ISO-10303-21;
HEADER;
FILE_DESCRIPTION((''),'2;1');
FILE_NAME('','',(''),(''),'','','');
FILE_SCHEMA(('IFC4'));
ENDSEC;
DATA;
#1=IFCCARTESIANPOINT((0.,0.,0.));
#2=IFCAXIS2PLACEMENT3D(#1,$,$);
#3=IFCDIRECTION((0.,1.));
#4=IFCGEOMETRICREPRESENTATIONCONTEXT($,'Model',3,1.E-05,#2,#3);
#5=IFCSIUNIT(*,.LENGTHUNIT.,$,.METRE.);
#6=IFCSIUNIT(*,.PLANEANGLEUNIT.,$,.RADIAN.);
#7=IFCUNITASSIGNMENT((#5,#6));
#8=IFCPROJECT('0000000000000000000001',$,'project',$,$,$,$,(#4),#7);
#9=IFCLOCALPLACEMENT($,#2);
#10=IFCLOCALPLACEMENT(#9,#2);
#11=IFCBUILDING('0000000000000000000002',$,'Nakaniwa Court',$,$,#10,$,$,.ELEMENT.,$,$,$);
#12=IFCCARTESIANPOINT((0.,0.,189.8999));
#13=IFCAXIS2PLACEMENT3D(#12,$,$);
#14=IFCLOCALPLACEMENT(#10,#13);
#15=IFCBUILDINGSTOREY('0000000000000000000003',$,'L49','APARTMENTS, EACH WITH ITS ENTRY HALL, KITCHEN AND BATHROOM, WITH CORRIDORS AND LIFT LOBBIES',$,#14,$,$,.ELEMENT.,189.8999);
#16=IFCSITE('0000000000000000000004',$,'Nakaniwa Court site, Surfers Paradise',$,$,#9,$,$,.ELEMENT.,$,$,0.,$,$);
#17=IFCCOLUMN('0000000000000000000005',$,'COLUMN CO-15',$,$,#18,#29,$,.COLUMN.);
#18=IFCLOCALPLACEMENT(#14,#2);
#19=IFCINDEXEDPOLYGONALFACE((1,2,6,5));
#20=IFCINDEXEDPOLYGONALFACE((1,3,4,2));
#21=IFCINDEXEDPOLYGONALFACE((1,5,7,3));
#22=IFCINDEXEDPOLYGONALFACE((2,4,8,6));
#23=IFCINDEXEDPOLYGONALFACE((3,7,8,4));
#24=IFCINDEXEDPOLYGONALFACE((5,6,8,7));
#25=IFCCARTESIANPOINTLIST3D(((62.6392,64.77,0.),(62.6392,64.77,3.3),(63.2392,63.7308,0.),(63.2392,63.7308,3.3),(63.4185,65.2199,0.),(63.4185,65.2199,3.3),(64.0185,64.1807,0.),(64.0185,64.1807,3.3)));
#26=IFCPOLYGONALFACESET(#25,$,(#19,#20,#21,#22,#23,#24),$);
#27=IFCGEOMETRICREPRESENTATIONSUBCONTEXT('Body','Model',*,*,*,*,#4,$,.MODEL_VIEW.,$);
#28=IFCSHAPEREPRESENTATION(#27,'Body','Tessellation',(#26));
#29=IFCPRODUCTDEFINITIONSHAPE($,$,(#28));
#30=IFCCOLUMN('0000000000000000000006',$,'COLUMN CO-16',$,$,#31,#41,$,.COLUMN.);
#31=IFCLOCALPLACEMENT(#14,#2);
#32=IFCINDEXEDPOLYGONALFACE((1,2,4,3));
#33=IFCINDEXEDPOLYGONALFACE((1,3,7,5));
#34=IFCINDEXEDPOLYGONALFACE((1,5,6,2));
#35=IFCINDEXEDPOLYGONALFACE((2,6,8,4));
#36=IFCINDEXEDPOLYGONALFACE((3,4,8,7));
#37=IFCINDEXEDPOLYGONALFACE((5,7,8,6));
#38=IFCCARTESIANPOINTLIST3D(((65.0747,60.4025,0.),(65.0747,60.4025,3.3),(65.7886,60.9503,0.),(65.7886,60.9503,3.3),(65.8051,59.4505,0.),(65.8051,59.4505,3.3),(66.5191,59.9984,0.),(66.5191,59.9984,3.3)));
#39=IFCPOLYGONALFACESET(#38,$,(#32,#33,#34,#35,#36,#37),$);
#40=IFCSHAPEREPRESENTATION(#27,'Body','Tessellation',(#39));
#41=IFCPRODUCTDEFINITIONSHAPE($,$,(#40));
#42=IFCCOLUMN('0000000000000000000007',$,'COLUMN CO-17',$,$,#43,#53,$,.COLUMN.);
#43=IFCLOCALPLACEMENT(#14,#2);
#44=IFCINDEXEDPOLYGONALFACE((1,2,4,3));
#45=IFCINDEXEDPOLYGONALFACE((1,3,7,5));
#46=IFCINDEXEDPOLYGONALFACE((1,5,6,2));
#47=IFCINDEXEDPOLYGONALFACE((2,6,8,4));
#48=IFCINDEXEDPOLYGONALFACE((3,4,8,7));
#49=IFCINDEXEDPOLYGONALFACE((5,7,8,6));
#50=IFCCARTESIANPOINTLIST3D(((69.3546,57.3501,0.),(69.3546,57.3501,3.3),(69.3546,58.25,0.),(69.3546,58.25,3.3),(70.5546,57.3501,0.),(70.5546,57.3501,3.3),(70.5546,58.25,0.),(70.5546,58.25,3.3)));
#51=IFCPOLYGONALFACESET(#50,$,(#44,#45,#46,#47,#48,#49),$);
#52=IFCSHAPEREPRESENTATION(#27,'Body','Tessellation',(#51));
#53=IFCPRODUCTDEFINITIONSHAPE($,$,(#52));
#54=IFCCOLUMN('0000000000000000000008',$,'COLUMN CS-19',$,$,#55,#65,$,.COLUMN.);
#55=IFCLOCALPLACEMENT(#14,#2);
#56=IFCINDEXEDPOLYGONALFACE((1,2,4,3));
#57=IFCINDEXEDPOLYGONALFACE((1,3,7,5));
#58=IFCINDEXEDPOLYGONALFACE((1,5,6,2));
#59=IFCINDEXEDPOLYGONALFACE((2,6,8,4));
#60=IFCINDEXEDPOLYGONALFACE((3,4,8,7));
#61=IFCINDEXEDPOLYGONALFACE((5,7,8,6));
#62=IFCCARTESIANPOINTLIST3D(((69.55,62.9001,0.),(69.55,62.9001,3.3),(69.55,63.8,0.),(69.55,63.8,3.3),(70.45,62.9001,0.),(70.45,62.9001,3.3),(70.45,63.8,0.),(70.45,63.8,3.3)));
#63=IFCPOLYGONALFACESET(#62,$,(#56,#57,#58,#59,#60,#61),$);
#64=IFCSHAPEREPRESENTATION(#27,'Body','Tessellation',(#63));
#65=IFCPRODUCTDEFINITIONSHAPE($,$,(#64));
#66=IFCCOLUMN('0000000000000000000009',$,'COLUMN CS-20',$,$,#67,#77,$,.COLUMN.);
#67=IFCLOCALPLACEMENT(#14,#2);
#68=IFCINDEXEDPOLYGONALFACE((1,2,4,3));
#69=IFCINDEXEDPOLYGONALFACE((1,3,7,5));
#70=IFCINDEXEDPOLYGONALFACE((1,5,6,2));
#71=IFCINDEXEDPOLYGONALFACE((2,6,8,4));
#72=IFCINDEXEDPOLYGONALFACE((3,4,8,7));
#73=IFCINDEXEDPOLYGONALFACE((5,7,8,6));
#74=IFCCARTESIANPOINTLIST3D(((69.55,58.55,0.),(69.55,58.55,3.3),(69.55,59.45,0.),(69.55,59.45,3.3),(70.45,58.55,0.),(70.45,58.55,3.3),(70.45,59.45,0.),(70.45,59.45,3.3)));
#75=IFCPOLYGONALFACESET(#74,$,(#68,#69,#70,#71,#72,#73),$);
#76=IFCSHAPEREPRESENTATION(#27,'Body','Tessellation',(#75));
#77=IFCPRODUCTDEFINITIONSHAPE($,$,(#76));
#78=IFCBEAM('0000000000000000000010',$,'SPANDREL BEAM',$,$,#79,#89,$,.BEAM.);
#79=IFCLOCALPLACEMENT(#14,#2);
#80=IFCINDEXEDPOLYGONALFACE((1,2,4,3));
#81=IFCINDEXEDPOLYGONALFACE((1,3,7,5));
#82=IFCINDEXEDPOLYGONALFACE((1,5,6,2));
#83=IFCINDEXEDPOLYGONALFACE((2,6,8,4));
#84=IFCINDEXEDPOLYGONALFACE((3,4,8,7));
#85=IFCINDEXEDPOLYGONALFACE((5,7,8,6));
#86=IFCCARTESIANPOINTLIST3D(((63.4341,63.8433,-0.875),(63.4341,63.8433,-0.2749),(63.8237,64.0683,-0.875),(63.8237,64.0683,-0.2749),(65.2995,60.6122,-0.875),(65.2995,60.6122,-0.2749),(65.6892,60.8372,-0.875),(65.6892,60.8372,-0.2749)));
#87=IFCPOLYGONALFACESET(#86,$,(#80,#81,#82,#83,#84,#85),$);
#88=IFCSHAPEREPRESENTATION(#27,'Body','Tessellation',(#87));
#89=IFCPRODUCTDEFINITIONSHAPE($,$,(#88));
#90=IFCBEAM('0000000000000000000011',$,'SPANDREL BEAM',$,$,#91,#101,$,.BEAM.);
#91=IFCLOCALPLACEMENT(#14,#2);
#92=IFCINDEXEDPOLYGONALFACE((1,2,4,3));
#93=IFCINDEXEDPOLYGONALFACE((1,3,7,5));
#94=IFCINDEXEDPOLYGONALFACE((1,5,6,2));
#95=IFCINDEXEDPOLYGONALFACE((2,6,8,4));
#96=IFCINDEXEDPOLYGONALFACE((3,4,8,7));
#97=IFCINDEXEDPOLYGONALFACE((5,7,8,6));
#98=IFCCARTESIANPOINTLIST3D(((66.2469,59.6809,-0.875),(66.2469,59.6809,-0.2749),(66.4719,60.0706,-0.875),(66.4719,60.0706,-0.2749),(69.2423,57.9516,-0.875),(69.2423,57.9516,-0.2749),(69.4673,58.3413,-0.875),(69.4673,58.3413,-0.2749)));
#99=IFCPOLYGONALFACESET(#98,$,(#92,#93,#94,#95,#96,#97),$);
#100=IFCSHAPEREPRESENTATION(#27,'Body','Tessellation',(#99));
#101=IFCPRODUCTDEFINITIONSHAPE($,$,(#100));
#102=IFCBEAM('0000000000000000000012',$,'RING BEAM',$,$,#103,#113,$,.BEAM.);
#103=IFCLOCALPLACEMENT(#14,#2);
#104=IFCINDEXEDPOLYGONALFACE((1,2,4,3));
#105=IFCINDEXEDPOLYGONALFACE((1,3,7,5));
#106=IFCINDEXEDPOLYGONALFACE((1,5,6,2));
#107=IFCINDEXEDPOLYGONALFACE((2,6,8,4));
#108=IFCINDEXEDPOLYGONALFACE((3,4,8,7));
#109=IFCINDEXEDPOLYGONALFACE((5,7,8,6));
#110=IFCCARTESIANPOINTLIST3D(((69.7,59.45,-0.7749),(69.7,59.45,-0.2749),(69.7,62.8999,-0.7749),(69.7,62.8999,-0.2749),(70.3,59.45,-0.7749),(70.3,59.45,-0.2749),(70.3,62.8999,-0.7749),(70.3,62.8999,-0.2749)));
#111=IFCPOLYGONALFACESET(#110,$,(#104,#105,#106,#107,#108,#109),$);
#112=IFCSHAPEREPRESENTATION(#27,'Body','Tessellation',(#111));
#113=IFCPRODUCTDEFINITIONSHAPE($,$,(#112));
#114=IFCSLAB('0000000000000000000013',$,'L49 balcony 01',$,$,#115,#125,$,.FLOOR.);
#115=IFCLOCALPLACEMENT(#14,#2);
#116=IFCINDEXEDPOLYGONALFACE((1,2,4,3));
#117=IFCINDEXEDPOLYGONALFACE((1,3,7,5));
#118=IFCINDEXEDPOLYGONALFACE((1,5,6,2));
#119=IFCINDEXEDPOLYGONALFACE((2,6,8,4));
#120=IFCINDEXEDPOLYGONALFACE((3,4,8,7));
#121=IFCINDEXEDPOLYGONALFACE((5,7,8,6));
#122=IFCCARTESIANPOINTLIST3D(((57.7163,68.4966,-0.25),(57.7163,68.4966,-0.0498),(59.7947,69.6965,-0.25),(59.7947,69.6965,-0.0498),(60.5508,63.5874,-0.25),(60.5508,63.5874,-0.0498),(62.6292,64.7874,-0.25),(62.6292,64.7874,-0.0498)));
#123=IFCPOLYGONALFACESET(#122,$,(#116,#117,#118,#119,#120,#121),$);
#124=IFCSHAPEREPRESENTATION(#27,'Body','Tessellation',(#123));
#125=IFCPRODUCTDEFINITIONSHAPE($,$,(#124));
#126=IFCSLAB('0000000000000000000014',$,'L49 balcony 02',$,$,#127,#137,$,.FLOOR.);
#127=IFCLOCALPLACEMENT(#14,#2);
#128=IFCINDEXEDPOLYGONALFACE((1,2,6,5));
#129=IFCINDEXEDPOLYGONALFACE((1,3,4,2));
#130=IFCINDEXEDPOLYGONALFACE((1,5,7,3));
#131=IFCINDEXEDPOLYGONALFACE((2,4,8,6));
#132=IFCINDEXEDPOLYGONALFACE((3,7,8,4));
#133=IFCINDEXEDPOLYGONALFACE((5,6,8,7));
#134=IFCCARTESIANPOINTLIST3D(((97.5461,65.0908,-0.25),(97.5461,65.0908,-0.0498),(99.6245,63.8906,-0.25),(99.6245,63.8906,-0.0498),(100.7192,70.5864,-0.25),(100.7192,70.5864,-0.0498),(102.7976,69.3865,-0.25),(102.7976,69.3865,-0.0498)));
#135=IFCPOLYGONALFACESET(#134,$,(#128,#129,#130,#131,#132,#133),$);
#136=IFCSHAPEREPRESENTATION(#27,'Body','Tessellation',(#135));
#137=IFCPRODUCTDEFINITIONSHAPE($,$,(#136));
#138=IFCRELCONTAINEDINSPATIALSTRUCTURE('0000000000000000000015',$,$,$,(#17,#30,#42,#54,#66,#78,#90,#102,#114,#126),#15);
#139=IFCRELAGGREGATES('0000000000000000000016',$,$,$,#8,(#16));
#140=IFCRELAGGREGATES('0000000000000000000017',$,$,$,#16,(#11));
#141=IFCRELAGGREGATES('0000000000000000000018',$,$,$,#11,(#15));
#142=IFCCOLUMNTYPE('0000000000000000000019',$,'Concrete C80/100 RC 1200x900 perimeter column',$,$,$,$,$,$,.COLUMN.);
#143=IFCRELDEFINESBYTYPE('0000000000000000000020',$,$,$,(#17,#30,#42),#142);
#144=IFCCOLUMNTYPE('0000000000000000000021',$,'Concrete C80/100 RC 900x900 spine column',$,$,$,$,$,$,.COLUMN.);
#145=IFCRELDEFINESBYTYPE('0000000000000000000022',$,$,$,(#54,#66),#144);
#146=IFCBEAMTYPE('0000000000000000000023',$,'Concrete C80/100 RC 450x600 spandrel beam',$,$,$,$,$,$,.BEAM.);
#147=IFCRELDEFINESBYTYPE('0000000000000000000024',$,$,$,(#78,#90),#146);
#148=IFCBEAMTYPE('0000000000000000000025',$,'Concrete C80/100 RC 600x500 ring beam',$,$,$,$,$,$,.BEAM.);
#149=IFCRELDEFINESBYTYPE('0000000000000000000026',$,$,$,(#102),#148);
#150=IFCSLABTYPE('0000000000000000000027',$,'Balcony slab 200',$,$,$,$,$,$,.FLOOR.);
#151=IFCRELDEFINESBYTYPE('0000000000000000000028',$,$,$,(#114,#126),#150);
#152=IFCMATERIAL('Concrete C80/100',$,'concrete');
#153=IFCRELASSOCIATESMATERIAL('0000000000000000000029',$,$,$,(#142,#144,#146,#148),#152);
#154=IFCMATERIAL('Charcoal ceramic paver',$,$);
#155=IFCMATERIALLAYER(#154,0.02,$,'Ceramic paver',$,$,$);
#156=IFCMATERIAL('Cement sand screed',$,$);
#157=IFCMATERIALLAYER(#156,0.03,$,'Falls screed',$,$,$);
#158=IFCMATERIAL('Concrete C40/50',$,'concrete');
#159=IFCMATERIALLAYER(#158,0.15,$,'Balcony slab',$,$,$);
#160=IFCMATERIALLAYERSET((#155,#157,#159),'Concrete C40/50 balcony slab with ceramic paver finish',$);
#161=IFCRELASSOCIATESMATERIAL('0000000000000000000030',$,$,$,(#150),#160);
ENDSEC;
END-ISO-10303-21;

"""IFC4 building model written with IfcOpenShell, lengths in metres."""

from ifc_helpers import new_model, si_unit, direction, frame, origin, origin_2d, place, context, subcontext, project, spatial, polyline, rectangle, outline, extrude, material, layer, layer_set, material_profile, profile_set, type_object, element, save


model = new_model("IFC4")

# Units and contexts
model_context = context("Model", 3, precision=1e-05, world=origin(), true_north=direction((0.0, 1.0)))
body_context = subcontext(model_context, "Body", "Model", "MODEL_VIEW")
ifc_project = project(units=[si_unit("LENGTHUNIT", "METRE"), si_unit("PLANEANGLEUNIT", "RADIAN")], contexts=[model_context])

# Site, building, storey
site_placement = place(None, origin())
site = spatial("IfcSite", under=ifc_project, at=site_placement, Name="Nakaniwa Court site, Surfers Paradise", CompositionType="ELEMENT", RefElevation=0.0)
building_placement = place(site_placement, origin())
building = spatial("IfcBuilding", under=site, at=building_placement, Name="Nakaniwa Court", CompositionType="ELEMENT")
storey_placement = place(building_placement, frame((0.0, 0.0, 189.8999)))
storey = spatial("IfcBuildingStorey", under=building, at=storey_placement, Name="L49", Description="APARTMENTS, EACH WITH ITS ENTRY HALL, KITCHEN AND BATHROOM, WITH CORRIDORS AND LIFT LOBBIES", CompositionType="ELEMENT", Elevation=189.8999)

# Columns
ifc_material_1 = material(Name="Concrete C80/100", Category="concrete")
ifc_material_profile_1 = material_profile(ifc_material_1, rectangle(XDim=1.2, YDim=0.8999, at=origin_2d()), Name="Concrete C80/100 RC 1200x900 perimeter column")
ifc_profile_set_1 = profile_set([ifc_material_profile_1], Name="Concrete C80/100")
column_type_1 = type_object("IfcColumnType", Name="Concrete C80/100 RC 1200x900 perimeter column", PredefinedType="COLUMN", material=ifc_profile_set_1)
for number, where, z_axis, x_axis, name in (
    (1, (63.3289, 64.4753, 0.0), (0.0, 0.0, 1.0), (0.5, -0.866025, 0.0), "COLUMN CO-15"),
    (2, (65.7969, 60.2004, 0.0), (0.0, 0.0, 1.0), (0.608761, -0.793353, 0.0), "COLUMN CO-16"),
    (3, (69.9546, 57.8, 0.0), (0.0, 0.0, 1.0), (1.0, 0.0, 0.0), "COLUMN CO-17"),
):
    element("IfcColumn", number, at=place(storey_placement, frame(where, z_axis=z_axis, x_axis=x_axis)), inside=storey, type_object=column_type_1, Name=name, PredefinedType="COLUMN", context=body_context, shape_type="SweptSolid", body=[
        extrude(rectangle(XDim=1.2, YDim=0.8999, at=origin_2d()), origin(), (0.0, 0.0, 1.0), 3.3),
    ])
ifc_material_profile_2 = material_profile(ifc_material_1, rectangle(XDim=0.8999, YDim=0.8999, at=origin_2d()), Name="Concrete C80/100 RC 900x900 spine column")
ifc_profile_set_2 = profile_set([ifc_material_profile_2], Name="Concrete C80/100")
column_type_2 = type_object("IfcColumnType", Name="Concrete C80/100 RC 900x900 spine column", PredefinedType="COLUMN", material=ifc_profile_set_2)
for number, where, z_axis, x_axis, name in (
    (4, (70.0, 63.3501, 0.0), (0.0, 0.0, 1.0), (0.0, -1.0, 0.0), "COLUMN CS-19"),
    (5, (70.0, 59.0, 0.0), (0.0, 0.0, 1.0), (0.0, -1.0, 0.0), "COLUMN CS-20"),
):
    element("IfcColumn", number, at=place(storey_placement, frame(where, z_axis=z_axis, x_axis=x_axis)), inside=storey, type_object=column_type_2, Name=name, PredefinedType="COLUMN", context=body_context, shape_type="SweptSolid", body=[
        extrude(rectangle(XDim=0.8999, YDim=0.8999, at=origin_2d()), origin(), (0.0, 0.0, 1.0), 3.3),
    ])

# Beams
ifc_material_profile_3 = material_profile(ifc_material_1, rectangle(XDim=0.45, YDim=0.6001, at=origin_2d()), Name="Concrete C80/100 RC 450x600 spandrel beam")
ifc_profile_set_3 = profile_set([ifc_material_profile_3], Name="Concrete C80/100")
beam_type_1 = type_object("IfcBeamType", Name="Concrete C80/100 RC 450x600 spandrel beam", PredefinedType="BEAM", material=ifc_profile_set_3)
beam_1_placement = place(storey_placement, frame((63.6289, 63.9558, -0.575), z_axis=(0.499989, -0.866032, 0.0), x_axis=(0.866032, 0.499989, 0.0)))
element("IfcBeam", 6, at=beam_1_placement, inside=storey, type_object=beam_type_1, Name="SPANDREL BEAM", PredefinedType="BEAM", context=body_context, shape_type="SweptSolid", body=[
    extrude(rectangle(XDim=0.45, YDim=0.6001, at=origin_2d()), origin(), (0.0, 0.0, 1.0), 3.731),
])
beam_2_placement = place(storey_placement, frame((66.3594, 59.8757, -0.575), z_axis=(0.866041, -0.499973, 0.0), x_axis=(0.499973, 0.866041, 0.0)))
element("IfcBeam", 7, at=beam_2_placement, inside=storey, type_object=beam_type_1, Name="SPANDREL BEAM", PredefinedType="BEAM", context=body_context, shape_type="SweptSolid", body=[
    extrude(rectangle(XDim=0.45, YDim=0.6001, at=origin_2d()), origin(), (0.0, 0.0, 1.0), 3.4587),
])
ifc_material_profile_4 = material_profile(ifc_material_1, rectangle(XDim=0.6001, YDim=0.5, at=origin_2d()), Name="Concrete C80/100 RC 600x500 ring beam")
ifc_profile_set_4 = profile_set([ifc_material_profile_4], Name="Concrete C80/100")
beam_type_2 = type_object("IfcBeamType", Name="Concrete C80/100 RC 600x500 ring beam", PredefinedType="BEAM", material=ifc_profile_set_4)
beam_3_placement = place(storey_placement, frame((70.0, 62.8999, -0.5249), z_axis=(0.0, -1.0, 0.0), x_axis=(1.0, 0.0, 0.0)))
element("IfcBeam", 8, at=beam_3_placement, inside=storey, type_object=beam_type_2, Name="RING BEAM", PredefinedType="BEAM", context=body_context, shape_type="SweptSolid", body=[
    extrude(rectangle(XDim=0.6001, YDim=0.5, at=origin_2d()), origin(), (0.0, 0.0, 1.0), 3.45),
])

# Slabs
ifc_material_2 = material(Name="Charcoal ceramic paver")
ifc_layer_1 = layer(ifc_material_2, 0.02, Name="Ceramic paver")
ifc_material_3 = material(Name="Cement sand screed")
ifc_layer_2 = layer(ifc_material_3, 0.03, Name="Falls screed")
ifc_material_4 = material(Name="Concrete C40/50", Category="concrete")
ifc_layer_3 = layer(ifc_material_4, 0.15, Name="Balcony slab")
ifc_layer_set_1 = layer_set([ifc_layer_1, ifc_layer_2, ifc_layer_3], Name="Concrete C40/50 balcony slab with ceramic paver finish")
slab_type_1 = type_object("IfcSlabType", Name="Balcony slab 200", PredefinedType="FLOOR", material=ifc_layer_set_1)
slab_1_placement = place(storey_placement, frame((0.0, 0.0, -0.25)))
element("IfcSlab", 9, at=slab_1_placement, inside=storey, type_object=slab_type_1, Name="L49 balcony 01", PredefinedType="FLOOR", context=body_context, shape_type="SweptSolid", body=[
    extrude(outline(polyline([(59.7947, 69.6965), (62.6292, 64.7874), (60.5508, 63.5874), (57.7163, 68.4966), (59.7947, 69.6965)])), origin(), (0.0, 0.0, 1.0), 0.2002),
])
slab_2_placement = place(storey_placement, frame((0.0, 0.0, -0.25)))
element("IfcSlab", 10, at=slab_2_placement, inside=storey, type_object=slab_type_1, Name="L49 balcony 02", PredefinedType="FLOOR", context=body_context, shape_type="SweptSolid", body=[
    extrude(outline(polyline([(97.5461, 65.0908), (100.7192, 70.5864), (102.7976, 69.3865), (99.6245, 63.8906), (97.5461, 65.0908)])), origin(), (0.0, 0.0, 1.0), 0.2002),
])

save(model, "model.ifc")
